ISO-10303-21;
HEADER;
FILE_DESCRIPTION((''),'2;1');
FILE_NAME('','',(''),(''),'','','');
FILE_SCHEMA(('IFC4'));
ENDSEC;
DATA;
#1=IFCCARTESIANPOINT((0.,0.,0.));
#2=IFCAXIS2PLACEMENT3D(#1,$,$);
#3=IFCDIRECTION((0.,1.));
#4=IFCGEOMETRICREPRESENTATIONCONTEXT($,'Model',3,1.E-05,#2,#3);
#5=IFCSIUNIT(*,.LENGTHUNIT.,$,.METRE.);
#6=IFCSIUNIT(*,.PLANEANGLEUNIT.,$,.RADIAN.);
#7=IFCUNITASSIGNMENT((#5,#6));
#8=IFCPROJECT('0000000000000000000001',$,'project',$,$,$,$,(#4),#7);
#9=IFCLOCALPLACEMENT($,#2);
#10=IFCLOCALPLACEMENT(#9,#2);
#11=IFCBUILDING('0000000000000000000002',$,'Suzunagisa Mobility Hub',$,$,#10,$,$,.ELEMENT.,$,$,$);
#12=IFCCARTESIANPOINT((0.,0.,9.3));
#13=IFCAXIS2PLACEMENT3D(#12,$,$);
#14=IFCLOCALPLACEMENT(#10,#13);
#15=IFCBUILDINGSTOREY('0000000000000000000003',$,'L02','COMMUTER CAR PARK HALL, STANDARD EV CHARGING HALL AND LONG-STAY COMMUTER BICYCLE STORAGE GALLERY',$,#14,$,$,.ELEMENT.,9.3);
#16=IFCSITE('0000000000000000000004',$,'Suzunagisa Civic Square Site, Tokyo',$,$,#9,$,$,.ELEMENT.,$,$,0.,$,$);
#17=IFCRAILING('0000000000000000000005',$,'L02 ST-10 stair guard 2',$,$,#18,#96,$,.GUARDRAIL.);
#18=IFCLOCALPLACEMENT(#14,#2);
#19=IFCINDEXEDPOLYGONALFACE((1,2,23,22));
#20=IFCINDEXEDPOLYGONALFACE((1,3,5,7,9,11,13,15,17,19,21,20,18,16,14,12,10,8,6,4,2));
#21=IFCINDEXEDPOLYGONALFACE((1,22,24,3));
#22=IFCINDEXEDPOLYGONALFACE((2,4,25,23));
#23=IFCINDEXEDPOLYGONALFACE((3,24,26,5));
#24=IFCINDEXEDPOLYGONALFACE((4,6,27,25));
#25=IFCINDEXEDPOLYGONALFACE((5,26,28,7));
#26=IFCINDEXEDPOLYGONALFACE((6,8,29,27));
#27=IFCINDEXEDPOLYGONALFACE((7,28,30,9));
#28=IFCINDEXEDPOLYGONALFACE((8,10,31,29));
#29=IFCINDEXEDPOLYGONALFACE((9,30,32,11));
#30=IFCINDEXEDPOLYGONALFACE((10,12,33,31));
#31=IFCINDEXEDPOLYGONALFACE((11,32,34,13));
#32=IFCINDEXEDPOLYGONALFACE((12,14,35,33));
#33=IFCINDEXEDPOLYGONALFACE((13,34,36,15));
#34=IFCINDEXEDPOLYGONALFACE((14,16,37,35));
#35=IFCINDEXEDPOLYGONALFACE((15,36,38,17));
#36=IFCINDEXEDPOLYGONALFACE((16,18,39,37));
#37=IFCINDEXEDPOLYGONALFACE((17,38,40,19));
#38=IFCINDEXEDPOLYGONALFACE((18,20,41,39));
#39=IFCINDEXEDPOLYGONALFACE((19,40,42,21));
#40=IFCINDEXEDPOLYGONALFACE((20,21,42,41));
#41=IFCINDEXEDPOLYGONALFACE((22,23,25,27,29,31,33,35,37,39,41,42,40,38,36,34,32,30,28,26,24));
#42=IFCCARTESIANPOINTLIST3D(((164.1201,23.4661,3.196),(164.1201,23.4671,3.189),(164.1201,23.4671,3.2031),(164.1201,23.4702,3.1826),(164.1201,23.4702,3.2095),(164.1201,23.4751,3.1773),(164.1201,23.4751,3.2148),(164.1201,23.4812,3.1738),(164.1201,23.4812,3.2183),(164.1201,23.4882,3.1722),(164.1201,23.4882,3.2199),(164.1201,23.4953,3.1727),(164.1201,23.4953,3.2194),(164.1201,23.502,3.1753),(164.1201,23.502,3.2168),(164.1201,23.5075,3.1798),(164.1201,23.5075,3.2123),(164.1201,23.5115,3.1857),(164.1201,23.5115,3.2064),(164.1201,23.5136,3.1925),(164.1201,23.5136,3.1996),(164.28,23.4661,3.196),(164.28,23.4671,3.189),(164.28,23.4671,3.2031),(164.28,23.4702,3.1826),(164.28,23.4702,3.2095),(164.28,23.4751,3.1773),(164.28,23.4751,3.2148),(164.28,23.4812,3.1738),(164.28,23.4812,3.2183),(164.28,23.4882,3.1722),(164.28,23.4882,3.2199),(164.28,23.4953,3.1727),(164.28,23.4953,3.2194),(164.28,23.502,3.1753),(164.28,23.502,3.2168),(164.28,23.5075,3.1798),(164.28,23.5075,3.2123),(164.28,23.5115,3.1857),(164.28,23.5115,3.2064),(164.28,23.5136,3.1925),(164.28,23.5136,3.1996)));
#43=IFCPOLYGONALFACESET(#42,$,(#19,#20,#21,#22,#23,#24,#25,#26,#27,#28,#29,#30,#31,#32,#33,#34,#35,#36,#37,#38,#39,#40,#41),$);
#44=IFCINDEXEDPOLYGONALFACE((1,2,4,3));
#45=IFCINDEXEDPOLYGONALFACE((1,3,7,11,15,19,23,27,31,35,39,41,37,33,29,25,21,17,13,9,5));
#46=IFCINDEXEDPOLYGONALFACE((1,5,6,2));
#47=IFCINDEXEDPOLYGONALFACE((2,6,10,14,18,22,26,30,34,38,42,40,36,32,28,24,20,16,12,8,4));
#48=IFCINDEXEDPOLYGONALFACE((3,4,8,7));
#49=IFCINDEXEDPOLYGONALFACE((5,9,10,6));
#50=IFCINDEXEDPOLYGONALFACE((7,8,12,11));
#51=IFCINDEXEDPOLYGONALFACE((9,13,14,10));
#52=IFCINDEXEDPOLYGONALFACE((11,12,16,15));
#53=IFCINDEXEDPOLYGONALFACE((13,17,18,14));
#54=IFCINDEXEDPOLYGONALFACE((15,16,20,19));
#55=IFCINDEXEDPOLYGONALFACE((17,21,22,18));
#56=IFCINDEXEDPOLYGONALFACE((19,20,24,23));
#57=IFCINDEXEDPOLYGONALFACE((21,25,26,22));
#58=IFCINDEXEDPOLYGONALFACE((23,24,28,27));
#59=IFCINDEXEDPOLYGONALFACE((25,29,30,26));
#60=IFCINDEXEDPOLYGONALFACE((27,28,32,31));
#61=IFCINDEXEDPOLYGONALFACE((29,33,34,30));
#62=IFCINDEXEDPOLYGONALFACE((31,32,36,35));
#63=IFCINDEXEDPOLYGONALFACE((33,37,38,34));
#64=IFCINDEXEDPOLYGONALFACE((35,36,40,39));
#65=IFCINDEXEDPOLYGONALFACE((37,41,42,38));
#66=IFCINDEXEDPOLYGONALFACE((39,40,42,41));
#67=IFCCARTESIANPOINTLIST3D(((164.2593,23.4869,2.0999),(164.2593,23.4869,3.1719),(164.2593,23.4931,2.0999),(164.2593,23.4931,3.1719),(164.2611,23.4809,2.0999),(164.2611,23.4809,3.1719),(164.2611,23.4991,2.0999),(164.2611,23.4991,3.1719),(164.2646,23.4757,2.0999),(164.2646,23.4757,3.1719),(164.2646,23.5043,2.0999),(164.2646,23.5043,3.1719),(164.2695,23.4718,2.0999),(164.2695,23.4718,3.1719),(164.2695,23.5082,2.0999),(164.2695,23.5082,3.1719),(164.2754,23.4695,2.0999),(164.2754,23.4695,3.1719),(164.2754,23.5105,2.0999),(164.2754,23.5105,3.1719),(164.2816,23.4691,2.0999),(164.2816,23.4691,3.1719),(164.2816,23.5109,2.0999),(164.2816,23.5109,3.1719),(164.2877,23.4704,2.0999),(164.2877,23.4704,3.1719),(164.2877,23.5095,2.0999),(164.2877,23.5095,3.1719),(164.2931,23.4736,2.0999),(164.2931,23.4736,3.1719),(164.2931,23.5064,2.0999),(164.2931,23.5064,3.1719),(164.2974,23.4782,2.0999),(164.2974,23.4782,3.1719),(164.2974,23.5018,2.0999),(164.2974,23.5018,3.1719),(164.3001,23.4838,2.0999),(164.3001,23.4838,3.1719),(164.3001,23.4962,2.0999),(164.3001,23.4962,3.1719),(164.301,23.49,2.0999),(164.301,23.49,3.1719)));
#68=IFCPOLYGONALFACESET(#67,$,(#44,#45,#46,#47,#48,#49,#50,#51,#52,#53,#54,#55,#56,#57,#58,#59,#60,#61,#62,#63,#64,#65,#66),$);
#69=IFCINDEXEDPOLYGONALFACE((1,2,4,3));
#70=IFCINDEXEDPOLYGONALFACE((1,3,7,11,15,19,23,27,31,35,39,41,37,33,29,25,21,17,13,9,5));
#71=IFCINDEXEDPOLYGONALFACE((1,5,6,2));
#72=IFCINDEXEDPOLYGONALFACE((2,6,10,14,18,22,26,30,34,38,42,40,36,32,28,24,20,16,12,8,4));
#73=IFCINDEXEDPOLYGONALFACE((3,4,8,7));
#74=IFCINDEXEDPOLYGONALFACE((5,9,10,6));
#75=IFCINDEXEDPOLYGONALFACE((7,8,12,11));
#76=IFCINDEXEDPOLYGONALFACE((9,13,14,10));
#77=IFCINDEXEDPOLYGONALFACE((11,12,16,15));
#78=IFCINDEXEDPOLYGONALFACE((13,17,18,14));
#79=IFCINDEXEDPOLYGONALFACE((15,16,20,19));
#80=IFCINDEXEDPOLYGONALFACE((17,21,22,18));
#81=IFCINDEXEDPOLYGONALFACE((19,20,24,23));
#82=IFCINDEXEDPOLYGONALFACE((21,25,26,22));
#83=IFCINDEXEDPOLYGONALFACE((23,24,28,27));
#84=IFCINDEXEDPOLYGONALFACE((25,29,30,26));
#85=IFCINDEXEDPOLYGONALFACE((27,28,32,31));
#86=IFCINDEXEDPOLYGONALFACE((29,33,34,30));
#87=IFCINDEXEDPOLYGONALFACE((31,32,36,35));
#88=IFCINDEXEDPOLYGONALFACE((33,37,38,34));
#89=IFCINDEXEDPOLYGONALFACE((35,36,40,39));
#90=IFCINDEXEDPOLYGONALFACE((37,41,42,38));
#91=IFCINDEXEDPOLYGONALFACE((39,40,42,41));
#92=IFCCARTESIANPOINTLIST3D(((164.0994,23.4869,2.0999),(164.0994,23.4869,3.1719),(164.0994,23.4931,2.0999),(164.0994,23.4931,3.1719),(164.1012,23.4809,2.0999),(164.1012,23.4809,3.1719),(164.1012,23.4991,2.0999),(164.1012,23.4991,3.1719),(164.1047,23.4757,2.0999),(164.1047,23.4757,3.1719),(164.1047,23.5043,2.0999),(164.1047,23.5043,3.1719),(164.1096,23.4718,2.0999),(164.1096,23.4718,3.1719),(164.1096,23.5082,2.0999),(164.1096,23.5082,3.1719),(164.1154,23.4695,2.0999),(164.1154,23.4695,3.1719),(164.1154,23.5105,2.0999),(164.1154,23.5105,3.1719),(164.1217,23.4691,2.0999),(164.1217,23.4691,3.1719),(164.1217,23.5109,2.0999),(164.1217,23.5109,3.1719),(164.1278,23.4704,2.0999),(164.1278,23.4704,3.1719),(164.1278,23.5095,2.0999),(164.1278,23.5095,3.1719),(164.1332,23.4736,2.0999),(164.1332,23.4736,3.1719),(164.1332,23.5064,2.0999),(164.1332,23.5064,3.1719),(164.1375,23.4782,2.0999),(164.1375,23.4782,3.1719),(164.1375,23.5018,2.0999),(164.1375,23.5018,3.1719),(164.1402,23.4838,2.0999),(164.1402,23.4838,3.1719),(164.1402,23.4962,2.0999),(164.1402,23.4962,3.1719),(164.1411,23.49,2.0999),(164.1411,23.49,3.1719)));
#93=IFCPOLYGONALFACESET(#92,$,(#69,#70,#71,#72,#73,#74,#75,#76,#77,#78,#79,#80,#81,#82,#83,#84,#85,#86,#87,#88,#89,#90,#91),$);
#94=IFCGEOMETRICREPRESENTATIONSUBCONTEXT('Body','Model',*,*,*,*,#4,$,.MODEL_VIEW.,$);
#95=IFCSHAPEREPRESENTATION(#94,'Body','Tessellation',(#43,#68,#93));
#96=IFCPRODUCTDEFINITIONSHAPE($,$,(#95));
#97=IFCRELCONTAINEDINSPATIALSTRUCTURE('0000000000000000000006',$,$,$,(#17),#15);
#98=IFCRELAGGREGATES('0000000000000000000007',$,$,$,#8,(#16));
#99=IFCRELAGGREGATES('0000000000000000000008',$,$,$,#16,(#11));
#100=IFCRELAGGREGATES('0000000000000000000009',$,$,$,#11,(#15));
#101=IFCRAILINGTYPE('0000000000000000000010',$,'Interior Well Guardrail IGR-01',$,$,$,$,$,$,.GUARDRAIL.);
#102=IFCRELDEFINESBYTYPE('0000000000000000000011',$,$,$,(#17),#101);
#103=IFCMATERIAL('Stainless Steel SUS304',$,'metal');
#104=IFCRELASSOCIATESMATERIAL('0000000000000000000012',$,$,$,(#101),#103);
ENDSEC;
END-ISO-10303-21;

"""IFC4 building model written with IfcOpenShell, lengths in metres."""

from ifc_helpers import new_model, si_unit, direction, frame, origin, origin_2d, place, context, subcontext, project, spatial, circle, extrude, material, type_object, element, save


model = new_model("IFC4")

# Units and contexts
model_context = context("Model", 3, precision=1e-05, world=origin(), true_north=direction((0.0, 1.0)))
body_context = subcontext(model_context, "Body", "Model", "MODEL_VIEW")
ifc_project = project(units=[si_unit("LENGTHUNIT", "METRE"), si_unit("PLANEANGLEUNIT", "RADIAN")], contexts=[model_context])

# Site, building, storey
site_placement = place(None, origin())
site = spatial("IfcSite", under=ifc_project, at=site_placement, Name="Suzunagisa Civic Square Site, Tokyo", CompositionType="ELEMENT", RefElevation=0.0)
building_placement = place(site_placement, origin())
building = spatial("IfcBuilding", under=site, at=building_placement, Name="Suzunagisa Mobility Hub", CompositionType="ELEMENT")
storey_placement = place(building_placement, frame((0.0, 0.0, 9.3)))
storey = spatial("IfcBuildingStorey", under=building, at=storey_placement, Name="L02", Description="COMMUTER CAR PARK HALL, STANDARD EV CHARGING HALL AND LONG-STAY COMMUTER BICYCLE STORAGE GALLERY", CompositionType="ELEMENT", Elevation=9.3)

# Railing
ifc_material_1 = material(Name="Stainless Steel SUS304", Category="metal")
railing_type_1 = type_object("IfcRailingType", Name="Interior Well Guardrail IGR-01", PredefinedType="GUARDRAIL", material=ifc_material_1)
railing_1_placement = place(storey_placement, frame((164.28, 23.49, 2.0999)))
element("IfcRailing", 1, at=railing_1_placement, inside=storey, type_object=railing_type_1, Name="L02 ST-10 stair guard 2", PredefinedType="GUARDRAIL", context=body_context, shape_type="SweptSolid", body=[
    extrude(circle(Radius=0.0239, at=origin_2d()), frame((0.0, 0.0, 1.0962), z_axis=(-1.0, 0.0, 0.0), x_axis=(0.0, -1.0, 0.0)), (0.0, 0.0, 1.0), 0.1599),
    extrude(circle(Radius=0.021, at=origin_2d()), origin(), (0.0, 0.0, 1.0), 1.072),
    extrude(circle(Radius=0.021, at=origin_2d()), frame((-0.1599, 0.0, 0.0)), (0.0, 0.0, 1.0), 1.072),
])

save(model, "model.ifc")
